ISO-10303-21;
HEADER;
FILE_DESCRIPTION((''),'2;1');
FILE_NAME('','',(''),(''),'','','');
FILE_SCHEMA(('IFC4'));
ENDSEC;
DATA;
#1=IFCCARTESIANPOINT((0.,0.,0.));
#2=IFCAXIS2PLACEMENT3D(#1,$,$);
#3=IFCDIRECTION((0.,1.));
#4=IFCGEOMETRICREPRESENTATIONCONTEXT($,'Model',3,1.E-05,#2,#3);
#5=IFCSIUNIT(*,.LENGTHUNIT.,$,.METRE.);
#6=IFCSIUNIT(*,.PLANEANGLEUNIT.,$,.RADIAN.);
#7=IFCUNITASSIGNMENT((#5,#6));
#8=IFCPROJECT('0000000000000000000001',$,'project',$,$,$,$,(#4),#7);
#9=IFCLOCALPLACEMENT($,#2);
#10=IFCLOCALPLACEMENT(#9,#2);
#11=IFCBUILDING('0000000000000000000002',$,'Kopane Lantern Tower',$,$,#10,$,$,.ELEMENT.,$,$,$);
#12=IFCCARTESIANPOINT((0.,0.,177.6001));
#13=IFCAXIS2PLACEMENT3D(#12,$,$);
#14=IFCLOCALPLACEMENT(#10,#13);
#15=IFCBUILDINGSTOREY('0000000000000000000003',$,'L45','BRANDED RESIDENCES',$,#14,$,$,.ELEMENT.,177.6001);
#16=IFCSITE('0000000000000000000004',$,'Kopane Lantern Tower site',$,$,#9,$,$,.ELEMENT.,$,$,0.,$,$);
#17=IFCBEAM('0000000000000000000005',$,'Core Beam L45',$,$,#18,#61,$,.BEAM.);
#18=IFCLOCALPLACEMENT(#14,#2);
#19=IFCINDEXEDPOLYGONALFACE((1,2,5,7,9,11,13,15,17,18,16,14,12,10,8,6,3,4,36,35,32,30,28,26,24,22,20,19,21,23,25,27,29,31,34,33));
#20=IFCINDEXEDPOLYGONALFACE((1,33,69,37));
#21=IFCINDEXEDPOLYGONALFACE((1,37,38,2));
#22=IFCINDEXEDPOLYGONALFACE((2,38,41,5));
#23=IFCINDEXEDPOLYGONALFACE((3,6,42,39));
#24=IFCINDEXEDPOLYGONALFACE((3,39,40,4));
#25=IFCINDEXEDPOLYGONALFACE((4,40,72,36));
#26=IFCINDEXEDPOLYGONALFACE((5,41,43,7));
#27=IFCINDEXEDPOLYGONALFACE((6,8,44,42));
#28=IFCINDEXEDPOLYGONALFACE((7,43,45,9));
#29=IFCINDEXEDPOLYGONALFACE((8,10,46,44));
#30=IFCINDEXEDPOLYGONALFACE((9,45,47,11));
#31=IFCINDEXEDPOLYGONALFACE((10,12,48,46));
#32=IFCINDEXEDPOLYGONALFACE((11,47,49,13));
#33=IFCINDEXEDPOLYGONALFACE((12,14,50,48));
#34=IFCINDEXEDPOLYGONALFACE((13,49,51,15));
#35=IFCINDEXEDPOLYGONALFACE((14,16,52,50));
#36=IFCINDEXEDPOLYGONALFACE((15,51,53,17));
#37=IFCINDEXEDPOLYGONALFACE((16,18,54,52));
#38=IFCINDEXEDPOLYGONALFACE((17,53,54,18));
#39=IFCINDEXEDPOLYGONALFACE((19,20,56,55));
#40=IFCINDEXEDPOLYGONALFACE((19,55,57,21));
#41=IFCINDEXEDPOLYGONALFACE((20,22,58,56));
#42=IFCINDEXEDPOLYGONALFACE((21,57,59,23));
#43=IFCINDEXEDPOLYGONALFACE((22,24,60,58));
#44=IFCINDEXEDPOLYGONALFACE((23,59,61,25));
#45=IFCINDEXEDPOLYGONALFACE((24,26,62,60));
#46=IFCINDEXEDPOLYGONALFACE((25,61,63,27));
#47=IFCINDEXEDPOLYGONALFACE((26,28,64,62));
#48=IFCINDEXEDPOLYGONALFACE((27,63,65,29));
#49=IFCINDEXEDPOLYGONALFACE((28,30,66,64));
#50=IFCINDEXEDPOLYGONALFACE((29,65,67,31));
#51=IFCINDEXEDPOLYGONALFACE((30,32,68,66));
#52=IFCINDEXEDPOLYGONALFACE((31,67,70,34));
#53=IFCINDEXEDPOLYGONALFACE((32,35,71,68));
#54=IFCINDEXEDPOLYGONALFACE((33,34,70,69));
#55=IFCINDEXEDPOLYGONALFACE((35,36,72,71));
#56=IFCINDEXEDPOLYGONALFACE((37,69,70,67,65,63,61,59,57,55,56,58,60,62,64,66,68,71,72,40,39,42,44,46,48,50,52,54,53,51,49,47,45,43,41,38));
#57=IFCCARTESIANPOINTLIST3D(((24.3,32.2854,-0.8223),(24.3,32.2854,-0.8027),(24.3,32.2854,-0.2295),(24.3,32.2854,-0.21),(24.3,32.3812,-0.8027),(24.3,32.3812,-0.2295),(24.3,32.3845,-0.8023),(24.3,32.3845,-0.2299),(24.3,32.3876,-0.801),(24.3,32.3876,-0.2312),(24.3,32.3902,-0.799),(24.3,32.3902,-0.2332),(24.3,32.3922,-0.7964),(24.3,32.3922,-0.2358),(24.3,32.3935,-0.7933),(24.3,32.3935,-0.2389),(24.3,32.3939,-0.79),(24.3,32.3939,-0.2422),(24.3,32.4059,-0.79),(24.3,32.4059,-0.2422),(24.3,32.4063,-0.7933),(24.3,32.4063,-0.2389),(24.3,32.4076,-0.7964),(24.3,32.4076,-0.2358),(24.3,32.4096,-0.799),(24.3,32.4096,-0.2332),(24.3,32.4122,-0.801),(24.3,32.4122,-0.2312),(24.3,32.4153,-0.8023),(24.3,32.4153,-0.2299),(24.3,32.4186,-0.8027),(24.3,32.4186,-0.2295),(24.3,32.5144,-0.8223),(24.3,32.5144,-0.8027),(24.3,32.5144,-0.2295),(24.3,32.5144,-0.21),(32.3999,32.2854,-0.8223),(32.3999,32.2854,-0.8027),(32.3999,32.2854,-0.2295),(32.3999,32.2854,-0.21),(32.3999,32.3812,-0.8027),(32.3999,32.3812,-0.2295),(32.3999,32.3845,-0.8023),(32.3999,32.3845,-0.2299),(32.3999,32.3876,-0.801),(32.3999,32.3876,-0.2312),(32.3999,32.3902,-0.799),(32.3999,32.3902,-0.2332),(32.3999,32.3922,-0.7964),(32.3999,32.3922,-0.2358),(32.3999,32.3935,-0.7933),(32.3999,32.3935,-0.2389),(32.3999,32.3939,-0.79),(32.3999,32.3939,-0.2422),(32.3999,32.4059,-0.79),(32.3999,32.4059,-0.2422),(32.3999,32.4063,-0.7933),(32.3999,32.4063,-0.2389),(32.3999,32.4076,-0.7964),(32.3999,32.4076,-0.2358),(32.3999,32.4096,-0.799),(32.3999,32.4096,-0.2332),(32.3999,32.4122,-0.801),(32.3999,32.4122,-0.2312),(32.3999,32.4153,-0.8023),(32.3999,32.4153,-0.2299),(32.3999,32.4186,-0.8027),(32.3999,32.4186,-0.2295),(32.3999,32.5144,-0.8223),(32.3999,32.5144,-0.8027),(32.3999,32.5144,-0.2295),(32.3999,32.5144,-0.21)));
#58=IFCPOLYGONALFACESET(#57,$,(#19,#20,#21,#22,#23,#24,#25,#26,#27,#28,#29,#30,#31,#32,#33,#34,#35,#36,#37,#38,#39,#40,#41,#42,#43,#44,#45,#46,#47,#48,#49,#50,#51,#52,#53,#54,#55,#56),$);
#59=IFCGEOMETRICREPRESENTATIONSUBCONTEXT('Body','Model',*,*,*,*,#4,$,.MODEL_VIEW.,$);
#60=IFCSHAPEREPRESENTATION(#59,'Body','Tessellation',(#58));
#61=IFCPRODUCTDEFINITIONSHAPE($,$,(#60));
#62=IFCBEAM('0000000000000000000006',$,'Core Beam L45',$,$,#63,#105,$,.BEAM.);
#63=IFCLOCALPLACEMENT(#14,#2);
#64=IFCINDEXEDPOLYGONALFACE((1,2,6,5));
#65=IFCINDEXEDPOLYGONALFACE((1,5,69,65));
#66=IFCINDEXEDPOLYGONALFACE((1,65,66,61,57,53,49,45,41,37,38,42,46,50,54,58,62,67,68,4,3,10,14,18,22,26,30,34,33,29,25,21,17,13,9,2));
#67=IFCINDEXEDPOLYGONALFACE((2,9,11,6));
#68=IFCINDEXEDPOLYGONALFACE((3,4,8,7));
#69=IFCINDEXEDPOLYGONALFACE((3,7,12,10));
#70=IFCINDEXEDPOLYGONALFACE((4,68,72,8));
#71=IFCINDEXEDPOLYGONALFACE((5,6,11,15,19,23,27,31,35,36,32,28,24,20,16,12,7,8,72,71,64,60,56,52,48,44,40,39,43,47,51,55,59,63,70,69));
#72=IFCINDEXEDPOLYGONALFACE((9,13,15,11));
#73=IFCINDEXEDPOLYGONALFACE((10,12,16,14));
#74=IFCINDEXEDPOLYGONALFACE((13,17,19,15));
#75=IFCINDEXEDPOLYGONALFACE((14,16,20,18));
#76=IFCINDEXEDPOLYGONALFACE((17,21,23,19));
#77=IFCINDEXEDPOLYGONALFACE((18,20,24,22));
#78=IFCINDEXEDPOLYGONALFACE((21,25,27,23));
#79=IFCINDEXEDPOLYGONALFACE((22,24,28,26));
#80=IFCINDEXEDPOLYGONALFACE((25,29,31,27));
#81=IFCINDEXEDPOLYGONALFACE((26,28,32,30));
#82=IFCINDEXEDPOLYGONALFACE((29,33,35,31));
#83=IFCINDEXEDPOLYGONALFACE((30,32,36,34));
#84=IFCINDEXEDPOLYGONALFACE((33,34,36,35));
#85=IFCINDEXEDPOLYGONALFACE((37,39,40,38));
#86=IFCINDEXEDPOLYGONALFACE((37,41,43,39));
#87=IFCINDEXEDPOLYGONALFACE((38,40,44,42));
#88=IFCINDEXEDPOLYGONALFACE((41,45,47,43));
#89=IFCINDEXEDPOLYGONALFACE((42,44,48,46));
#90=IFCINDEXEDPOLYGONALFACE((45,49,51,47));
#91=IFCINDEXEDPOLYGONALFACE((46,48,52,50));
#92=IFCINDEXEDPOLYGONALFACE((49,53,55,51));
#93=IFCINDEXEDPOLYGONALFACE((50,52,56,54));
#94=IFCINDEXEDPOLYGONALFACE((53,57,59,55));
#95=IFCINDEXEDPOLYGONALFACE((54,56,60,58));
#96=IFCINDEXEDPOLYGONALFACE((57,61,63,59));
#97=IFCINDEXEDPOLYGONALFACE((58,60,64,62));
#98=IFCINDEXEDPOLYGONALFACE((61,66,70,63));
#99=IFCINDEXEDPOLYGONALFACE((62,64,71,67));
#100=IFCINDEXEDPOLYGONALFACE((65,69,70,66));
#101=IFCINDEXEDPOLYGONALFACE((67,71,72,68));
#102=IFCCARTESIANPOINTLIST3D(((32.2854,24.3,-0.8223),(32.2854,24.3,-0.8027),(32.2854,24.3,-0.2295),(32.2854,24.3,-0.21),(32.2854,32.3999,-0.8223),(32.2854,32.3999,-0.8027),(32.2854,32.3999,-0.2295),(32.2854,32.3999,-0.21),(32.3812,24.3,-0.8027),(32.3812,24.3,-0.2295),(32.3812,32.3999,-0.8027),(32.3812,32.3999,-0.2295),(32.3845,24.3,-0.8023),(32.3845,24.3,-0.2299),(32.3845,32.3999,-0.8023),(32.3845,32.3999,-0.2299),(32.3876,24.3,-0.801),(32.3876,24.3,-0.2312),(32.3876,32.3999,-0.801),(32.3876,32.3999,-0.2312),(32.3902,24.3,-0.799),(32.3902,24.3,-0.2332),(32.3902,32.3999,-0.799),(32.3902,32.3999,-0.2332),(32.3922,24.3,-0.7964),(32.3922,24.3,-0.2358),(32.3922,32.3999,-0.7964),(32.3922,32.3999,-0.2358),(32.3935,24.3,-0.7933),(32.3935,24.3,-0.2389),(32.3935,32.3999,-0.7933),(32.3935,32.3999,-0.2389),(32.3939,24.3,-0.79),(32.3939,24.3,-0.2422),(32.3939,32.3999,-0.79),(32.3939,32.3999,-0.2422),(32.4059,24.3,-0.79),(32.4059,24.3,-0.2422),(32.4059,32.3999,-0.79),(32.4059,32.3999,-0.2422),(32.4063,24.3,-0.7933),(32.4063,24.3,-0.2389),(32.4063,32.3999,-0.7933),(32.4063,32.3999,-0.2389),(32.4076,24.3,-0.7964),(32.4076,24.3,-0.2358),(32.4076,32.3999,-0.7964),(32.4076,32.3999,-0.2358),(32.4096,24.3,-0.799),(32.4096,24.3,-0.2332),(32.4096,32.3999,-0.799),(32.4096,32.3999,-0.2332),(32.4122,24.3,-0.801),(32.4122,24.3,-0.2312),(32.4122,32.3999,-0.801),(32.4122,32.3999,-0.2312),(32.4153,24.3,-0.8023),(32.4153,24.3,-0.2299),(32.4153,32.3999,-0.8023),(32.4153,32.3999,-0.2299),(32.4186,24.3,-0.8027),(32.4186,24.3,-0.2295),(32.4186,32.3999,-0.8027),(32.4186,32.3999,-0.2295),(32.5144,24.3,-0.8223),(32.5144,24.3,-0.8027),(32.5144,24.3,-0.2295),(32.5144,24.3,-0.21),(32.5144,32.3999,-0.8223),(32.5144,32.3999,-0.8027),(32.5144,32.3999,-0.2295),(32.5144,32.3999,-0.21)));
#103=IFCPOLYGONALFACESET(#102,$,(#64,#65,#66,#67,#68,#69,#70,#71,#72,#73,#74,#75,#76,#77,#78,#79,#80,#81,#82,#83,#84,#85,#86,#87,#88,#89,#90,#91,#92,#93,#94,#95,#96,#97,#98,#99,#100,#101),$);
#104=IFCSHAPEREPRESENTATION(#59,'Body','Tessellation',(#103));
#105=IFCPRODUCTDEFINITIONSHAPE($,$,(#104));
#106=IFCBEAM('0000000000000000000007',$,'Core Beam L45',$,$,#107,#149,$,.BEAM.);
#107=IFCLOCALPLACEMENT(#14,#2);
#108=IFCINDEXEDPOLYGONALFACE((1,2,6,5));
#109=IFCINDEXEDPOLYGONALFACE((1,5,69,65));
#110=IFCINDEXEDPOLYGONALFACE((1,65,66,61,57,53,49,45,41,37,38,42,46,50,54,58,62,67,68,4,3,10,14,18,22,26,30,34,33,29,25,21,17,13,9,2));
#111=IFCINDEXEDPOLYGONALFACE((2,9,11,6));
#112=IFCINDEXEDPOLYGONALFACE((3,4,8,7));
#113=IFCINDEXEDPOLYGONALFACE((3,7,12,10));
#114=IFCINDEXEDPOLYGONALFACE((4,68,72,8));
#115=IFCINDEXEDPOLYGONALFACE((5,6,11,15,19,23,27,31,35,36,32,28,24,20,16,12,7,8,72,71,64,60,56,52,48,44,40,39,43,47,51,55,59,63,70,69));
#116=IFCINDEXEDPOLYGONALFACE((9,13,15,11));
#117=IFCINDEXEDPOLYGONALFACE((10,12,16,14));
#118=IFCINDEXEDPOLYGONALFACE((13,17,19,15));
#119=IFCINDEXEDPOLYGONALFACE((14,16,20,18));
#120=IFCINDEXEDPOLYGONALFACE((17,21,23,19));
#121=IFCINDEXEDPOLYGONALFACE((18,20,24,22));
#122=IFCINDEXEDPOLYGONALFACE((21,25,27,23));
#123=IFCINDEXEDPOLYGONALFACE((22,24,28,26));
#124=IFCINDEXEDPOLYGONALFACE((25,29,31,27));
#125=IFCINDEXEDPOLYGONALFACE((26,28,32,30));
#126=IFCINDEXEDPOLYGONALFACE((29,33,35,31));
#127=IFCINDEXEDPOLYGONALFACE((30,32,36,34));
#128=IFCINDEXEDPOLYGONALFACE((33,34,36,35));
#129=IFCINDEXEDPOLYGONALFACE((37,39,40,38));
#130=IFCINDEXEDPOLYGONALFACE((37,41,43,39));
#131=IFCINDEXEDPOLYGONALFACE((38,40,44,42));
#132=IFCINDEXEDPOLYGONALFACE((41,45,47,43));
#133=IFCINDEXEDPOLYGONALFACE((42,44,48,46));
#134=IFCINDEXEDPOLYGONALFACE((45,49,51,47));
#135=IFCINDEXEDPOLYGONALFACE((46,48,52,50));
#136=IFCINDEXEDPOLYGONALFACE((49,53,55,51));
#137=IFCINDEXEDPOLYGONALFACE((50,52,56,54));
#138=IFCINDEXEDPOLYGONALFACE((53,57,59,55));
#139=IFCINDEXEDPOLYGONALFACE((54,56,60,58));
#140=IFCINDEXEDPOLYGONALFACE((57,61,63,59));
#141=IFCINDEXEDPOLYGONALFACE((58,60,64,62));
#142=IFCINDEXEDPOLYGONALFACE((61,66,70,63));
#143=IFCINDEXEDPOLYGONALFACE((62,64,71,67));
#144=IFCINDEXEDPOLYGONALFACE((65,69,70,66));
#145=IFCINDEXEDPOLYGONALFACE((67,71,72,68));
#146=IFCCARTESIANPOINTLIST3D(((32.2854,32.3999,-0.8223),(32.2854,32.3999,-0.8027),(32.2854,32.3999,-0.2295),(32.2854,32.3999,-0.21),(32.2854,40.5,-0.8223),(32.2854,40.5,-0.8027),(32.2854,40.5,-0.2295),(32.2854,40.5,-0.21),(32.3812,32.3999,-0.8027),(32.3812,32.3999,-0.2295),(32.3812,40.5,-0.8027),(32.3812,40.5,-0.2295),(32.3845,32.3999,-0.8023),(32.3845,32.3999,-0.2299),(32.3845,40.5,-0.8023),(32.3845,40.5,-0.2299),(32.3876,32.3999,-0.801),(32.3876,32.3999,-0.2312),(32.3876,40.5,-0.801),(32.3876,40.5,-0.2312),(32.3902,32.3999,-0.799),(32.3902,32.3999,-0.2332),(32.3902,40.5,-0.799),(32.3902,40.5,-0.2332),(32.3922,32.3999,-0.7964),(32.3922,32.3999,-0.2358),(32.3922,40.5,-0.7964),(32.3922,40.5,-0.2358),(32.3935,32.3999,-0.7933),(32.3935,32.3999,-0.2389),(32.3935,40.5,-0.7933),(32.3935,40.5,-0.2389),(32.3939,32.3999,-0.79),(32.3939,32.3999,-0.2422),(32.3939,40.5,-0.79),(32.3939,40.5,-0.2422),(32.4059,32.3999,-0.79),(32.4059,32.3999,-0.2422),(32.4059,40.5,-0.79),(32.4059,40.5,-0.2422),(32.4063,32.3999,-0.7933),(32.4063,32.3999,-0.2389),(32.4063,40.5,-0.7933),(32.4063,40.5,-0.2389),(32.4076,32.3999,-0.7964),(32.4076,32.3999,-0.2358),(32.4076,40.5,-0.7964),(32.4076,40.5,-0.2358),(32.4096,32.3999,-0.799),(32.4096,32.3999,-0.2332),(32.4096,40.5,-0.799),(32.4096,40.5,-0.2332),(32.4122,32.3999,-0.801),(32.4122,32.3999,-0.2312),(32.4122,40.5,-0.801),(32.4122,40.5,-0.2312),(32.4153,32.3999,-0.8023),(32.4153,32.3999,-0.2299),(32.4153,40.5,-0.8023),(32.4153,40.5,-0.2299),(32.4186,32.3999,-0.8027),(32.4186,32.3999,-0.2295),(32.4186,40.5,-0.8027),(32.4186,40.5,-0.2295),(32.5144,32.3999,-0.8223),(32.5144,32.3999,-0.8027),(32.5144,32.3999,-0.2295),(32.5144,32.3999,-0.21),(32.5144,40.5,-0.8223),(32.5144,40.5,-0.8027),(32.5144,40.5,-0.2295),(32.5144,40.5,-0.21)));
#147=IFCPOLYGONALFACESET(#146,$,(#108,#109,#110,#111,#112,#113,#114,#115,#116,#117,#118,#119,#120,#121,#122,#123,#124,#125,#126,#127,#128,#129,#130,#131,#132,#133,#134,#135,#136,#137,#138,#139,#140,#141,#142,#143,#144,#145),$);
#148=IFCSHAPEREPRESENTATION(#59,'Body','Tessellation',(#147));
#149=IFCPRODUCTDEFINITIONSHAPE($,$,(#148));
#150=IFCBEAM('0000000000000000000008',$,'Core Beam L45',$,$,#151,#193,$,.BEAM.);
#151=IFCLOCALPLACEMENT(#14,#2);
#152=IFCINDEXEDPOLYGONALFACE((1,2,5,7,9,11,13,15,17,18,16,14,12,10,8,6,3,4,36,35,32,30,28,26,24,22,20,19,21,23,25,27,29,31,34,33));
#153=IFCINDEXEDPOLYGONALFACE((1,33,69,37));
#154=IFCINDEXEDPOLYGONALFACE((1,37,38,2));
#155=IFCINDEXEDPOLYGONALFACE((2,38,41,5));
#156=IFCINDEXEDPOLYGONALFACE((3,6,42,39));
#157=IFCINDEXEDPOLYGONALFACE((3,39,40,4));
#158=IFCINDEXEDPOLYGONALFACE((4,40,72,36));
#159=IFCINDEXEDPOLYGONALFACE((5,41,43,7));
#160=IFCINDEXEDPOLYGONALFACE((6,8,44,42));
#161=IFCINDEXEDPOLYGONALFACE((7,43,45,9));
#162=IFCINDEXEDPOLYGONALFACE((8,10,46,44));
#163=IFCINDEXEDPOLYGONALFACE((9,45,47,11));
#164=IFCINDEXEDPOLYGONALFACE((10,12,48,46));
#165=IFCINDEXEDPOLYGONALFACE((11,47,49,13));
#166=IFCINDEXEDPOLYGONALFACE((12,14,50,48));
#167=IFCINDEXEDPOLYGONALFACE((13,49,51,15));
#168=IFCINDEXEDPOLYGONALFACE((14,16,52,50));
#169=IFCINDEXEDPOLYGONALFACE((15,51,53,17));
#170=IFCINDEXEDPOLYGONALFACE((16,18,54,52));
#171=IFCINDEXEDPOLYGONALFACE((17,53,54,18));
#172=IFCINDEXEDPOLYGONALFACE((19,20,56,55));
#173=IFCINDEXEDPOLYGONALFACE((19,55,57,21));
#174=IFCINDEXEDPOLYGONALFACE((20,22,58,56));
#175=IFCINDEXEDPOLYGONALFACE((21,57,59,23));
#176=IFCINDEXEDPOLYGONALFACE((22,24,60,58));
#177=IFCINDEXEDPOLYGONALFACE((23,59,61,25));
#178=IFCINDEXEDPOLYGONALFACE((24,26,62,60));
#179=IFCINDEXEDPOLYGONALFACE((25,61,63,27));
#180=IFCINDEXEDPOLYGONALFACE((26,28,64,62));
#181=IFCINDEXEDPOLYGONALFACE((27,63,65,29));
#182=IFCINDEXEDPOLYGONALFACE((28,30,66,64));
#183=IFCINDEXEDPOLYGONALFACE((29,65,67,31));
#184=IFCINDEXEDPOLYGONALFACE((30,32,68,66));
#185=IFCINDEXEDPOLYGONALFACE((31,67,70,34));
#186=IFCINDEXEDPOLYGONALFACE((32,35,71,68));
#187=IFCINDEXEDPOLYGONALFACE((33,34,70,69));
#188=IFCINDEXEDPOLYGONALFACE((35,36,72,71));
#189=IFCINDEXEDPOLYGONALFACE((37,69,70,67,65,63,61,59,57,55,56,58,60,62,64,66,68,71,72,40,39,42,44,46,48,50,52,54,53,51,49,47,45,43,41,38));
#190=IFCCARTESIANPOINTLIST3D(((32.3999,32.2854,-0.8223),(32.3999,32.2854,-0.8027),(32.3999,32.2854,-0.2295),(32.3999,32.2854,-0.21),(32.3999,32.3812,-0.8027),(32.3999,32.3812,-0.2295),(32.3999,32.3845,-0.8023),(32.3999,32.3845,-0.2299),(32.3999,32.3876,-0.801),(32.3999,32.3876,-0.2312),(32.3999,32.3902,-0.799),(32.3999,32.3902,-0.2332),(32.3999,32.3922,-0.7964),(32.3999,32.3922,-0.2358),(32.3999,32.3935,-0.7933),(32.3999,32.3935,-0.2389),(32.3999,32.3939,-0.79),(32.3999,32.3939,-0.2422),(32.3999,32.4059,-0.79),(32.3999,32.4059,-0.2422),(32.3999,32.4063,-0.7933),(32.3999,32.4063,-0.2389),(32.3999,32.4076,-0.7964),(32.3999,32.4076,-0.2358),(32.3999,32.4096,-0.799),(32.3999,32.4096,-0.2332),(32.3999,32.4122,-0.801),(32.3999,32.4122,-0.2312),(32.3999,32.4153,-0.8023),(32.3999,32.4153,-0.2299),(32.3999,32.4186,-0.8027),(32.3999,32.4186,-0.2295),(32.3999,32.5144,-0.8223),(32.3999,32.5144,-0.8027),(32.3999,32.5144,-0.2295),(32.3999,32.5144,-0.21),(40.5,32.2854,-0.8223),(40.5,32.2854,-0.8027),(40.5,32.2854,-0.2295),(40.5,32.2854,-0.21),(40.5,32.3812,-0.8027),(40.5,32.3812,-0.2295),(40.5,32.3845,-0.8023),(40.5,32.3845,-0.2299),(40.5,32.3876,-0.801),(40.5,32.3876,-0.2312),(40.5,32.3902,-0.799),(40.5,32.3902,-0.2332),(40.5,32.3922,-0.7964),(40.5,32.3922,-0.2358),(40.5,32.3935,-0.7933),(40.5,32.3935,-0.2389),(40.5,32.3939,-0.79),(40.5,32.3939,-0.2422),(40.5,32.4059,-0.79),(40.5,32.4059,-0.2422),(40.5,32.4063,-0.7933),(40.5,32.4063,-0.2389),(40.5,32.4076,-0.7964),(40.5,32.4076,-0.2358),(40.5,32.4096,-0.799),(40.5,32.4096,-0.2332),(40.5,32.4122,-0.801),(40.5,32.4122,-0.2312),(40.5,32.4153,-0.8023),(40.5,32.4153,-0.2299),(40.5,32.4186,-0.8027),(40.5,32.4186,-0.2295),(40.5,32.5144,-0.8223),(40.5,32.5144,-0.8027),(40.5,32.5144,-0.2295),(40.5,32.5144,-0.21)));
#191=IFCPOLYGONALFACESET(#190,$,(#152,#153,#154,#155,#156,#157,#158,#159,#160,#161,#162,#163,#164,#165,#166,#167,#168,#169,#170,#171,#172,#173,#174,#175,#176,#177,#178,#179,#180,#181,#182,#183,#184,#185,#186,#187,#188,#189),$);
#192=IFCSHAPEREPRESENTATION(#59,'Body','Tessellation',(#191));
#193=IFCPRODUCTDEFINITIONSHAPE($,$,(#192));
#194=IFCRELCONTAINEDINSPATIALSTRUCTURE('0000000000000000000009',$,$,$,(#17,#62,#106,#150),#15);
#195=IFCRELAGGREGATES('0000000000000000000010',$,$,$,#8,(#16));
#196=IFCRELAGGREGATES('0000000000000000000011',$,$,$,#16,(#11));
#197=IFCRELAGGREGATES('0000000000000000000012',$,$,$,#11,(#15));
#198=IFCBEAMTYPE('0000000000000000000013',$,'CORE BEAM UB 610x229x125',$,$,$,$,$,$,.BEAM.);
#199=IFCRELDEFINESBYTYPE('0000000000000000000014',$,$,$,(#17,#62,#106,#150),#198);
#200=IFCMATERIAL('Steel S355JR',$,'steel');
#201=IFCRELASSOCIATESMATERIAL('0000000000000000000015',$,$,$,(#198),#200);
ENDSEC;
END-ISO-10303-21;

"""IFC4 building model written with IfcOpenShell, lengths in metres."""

from ifc_helpers import new_model, si_unit, direction, frame, origin, origin_2d, place, context, subcontext, project, spatial, i_section, extrude, material, material_profile, profile_set, type_object, element, save


model = new_model("IFC4")

# Units and contexts
model_context = context("Model", 3, precision=1e-05, world=origin(), true_north=direction((0.0, 1.0)))
body_context = subcontext(model_context, "Body", "Model", "MODEL_VIEW")
ifc_project = project(units=[si_unit("LENGTHUNIT", "METRE"), si_unit("PLANEANGLEUNIT", "RADIAN")], contexts=[model_context])

# Site, building, storey
site_placement = place(None, origin())
site = spatial("IfcSite", under=ifc_project, at=site_placement, Name="Kopane Lantern Tower site", CompositionType="ELEMENT", RefElevation=0.0)
building_placement = place(site_placement, origin())
building = spatial("IfcBuilding", under=site, at=building_placement, Name="Kopane Lantern Tower", CompositionType="ELEMENT")
storey_placement = place(building_placement, frame((0.0, 0.0, 177.6001)))
storey = spatial("IfcBuildingStorey", under=building, at=storey_placement, Name="L45", Description="BRANDED RESIDENCES", CompositionType="ELEMENT", Elevation=177.6001)

# Beams
ifc_material_1 = material(Name="Steel S355JR", Category="steel")
ifc_material_profile_1 = material_profile(ifc_material_1, i_section(OverallWidth=0.229, OverallDepth=0.6123, WebThickness=0.012, FlangeThickness=0.0195, FilletRadius=0.0127, at=origin_2d()), Name="UB 610x229x125")
ifc_profile_set_1 = profile_set([ifc_material_profile_1], Name="Steel S355JR")
beam_type_1 = type_object("IfcBeamType", Name="CORE BEAM UB 610x229x125", PredefinedType="BEAM", material=ifc_profile_set_1)
for number, where, z_axis, x_axis, name in (
    (1, (24.3, 32.3999, -0.5161), (1.0, 0.0, 0.0), (0.0, 1.0, 0.0), "Core Beam L45"),
    (2, (32.3999, 24.3, -0.5161), (0.0, 1.0, 0.0), (-1.0, 0.0, 0.0), "Core Beam L45"),
):
    element("IfcBeam", number, at=place(storey_placement, frame(where, z_axis=z_axis, x_axis=x_axis)), inside=storey, type_object=beam_type_1, Name=name, PredefinedType="BEAM", context=body_context, shape_type="SweptSolid", body=[
        extrude(i_section(OverallWidth=0.229, OverallDepth=0.6123, WebThickness=0.012, FlangeThickness=0.0195, FilletRadius=0.0127, at=origin_2d()), origin(), (0.0, 0.0, 1.0), 8.0999),
    ])
for number, where, z_axis, x_axis, name in (
    (3, (32.3999, 32.3999, -0.5161), (0.0, 1.0, 0.0), (-1.0, 0.0, 0.0), "Core Beam L45"),
    (4, (32.3999, 32.3999, -0.5161), (1.0, 0.0, 0.0), (0.0, 1.0, 0.0), "Core Beam L45"),
):
    element("IfcBeam", number, at=place(storey_placement, frame(where, z_axis=z_axis, x_axis=x_axis)), inside=storey, type_object=beam_type_1, Name=name, PredefinedType="BEAM", context=body_context, shape_type="SweptSolid", body=[
        extrude(i_section(OverallWidth=0.229, OverallDepth=0.6123, WebThickness=0.012, FlangeThickness=0.0195, FilletRadius=0.0127, at=origin_2d()), origin(), (0.0, 0.0, 1.0), 8.1001),
    ])

save(model, "model.ifc")
